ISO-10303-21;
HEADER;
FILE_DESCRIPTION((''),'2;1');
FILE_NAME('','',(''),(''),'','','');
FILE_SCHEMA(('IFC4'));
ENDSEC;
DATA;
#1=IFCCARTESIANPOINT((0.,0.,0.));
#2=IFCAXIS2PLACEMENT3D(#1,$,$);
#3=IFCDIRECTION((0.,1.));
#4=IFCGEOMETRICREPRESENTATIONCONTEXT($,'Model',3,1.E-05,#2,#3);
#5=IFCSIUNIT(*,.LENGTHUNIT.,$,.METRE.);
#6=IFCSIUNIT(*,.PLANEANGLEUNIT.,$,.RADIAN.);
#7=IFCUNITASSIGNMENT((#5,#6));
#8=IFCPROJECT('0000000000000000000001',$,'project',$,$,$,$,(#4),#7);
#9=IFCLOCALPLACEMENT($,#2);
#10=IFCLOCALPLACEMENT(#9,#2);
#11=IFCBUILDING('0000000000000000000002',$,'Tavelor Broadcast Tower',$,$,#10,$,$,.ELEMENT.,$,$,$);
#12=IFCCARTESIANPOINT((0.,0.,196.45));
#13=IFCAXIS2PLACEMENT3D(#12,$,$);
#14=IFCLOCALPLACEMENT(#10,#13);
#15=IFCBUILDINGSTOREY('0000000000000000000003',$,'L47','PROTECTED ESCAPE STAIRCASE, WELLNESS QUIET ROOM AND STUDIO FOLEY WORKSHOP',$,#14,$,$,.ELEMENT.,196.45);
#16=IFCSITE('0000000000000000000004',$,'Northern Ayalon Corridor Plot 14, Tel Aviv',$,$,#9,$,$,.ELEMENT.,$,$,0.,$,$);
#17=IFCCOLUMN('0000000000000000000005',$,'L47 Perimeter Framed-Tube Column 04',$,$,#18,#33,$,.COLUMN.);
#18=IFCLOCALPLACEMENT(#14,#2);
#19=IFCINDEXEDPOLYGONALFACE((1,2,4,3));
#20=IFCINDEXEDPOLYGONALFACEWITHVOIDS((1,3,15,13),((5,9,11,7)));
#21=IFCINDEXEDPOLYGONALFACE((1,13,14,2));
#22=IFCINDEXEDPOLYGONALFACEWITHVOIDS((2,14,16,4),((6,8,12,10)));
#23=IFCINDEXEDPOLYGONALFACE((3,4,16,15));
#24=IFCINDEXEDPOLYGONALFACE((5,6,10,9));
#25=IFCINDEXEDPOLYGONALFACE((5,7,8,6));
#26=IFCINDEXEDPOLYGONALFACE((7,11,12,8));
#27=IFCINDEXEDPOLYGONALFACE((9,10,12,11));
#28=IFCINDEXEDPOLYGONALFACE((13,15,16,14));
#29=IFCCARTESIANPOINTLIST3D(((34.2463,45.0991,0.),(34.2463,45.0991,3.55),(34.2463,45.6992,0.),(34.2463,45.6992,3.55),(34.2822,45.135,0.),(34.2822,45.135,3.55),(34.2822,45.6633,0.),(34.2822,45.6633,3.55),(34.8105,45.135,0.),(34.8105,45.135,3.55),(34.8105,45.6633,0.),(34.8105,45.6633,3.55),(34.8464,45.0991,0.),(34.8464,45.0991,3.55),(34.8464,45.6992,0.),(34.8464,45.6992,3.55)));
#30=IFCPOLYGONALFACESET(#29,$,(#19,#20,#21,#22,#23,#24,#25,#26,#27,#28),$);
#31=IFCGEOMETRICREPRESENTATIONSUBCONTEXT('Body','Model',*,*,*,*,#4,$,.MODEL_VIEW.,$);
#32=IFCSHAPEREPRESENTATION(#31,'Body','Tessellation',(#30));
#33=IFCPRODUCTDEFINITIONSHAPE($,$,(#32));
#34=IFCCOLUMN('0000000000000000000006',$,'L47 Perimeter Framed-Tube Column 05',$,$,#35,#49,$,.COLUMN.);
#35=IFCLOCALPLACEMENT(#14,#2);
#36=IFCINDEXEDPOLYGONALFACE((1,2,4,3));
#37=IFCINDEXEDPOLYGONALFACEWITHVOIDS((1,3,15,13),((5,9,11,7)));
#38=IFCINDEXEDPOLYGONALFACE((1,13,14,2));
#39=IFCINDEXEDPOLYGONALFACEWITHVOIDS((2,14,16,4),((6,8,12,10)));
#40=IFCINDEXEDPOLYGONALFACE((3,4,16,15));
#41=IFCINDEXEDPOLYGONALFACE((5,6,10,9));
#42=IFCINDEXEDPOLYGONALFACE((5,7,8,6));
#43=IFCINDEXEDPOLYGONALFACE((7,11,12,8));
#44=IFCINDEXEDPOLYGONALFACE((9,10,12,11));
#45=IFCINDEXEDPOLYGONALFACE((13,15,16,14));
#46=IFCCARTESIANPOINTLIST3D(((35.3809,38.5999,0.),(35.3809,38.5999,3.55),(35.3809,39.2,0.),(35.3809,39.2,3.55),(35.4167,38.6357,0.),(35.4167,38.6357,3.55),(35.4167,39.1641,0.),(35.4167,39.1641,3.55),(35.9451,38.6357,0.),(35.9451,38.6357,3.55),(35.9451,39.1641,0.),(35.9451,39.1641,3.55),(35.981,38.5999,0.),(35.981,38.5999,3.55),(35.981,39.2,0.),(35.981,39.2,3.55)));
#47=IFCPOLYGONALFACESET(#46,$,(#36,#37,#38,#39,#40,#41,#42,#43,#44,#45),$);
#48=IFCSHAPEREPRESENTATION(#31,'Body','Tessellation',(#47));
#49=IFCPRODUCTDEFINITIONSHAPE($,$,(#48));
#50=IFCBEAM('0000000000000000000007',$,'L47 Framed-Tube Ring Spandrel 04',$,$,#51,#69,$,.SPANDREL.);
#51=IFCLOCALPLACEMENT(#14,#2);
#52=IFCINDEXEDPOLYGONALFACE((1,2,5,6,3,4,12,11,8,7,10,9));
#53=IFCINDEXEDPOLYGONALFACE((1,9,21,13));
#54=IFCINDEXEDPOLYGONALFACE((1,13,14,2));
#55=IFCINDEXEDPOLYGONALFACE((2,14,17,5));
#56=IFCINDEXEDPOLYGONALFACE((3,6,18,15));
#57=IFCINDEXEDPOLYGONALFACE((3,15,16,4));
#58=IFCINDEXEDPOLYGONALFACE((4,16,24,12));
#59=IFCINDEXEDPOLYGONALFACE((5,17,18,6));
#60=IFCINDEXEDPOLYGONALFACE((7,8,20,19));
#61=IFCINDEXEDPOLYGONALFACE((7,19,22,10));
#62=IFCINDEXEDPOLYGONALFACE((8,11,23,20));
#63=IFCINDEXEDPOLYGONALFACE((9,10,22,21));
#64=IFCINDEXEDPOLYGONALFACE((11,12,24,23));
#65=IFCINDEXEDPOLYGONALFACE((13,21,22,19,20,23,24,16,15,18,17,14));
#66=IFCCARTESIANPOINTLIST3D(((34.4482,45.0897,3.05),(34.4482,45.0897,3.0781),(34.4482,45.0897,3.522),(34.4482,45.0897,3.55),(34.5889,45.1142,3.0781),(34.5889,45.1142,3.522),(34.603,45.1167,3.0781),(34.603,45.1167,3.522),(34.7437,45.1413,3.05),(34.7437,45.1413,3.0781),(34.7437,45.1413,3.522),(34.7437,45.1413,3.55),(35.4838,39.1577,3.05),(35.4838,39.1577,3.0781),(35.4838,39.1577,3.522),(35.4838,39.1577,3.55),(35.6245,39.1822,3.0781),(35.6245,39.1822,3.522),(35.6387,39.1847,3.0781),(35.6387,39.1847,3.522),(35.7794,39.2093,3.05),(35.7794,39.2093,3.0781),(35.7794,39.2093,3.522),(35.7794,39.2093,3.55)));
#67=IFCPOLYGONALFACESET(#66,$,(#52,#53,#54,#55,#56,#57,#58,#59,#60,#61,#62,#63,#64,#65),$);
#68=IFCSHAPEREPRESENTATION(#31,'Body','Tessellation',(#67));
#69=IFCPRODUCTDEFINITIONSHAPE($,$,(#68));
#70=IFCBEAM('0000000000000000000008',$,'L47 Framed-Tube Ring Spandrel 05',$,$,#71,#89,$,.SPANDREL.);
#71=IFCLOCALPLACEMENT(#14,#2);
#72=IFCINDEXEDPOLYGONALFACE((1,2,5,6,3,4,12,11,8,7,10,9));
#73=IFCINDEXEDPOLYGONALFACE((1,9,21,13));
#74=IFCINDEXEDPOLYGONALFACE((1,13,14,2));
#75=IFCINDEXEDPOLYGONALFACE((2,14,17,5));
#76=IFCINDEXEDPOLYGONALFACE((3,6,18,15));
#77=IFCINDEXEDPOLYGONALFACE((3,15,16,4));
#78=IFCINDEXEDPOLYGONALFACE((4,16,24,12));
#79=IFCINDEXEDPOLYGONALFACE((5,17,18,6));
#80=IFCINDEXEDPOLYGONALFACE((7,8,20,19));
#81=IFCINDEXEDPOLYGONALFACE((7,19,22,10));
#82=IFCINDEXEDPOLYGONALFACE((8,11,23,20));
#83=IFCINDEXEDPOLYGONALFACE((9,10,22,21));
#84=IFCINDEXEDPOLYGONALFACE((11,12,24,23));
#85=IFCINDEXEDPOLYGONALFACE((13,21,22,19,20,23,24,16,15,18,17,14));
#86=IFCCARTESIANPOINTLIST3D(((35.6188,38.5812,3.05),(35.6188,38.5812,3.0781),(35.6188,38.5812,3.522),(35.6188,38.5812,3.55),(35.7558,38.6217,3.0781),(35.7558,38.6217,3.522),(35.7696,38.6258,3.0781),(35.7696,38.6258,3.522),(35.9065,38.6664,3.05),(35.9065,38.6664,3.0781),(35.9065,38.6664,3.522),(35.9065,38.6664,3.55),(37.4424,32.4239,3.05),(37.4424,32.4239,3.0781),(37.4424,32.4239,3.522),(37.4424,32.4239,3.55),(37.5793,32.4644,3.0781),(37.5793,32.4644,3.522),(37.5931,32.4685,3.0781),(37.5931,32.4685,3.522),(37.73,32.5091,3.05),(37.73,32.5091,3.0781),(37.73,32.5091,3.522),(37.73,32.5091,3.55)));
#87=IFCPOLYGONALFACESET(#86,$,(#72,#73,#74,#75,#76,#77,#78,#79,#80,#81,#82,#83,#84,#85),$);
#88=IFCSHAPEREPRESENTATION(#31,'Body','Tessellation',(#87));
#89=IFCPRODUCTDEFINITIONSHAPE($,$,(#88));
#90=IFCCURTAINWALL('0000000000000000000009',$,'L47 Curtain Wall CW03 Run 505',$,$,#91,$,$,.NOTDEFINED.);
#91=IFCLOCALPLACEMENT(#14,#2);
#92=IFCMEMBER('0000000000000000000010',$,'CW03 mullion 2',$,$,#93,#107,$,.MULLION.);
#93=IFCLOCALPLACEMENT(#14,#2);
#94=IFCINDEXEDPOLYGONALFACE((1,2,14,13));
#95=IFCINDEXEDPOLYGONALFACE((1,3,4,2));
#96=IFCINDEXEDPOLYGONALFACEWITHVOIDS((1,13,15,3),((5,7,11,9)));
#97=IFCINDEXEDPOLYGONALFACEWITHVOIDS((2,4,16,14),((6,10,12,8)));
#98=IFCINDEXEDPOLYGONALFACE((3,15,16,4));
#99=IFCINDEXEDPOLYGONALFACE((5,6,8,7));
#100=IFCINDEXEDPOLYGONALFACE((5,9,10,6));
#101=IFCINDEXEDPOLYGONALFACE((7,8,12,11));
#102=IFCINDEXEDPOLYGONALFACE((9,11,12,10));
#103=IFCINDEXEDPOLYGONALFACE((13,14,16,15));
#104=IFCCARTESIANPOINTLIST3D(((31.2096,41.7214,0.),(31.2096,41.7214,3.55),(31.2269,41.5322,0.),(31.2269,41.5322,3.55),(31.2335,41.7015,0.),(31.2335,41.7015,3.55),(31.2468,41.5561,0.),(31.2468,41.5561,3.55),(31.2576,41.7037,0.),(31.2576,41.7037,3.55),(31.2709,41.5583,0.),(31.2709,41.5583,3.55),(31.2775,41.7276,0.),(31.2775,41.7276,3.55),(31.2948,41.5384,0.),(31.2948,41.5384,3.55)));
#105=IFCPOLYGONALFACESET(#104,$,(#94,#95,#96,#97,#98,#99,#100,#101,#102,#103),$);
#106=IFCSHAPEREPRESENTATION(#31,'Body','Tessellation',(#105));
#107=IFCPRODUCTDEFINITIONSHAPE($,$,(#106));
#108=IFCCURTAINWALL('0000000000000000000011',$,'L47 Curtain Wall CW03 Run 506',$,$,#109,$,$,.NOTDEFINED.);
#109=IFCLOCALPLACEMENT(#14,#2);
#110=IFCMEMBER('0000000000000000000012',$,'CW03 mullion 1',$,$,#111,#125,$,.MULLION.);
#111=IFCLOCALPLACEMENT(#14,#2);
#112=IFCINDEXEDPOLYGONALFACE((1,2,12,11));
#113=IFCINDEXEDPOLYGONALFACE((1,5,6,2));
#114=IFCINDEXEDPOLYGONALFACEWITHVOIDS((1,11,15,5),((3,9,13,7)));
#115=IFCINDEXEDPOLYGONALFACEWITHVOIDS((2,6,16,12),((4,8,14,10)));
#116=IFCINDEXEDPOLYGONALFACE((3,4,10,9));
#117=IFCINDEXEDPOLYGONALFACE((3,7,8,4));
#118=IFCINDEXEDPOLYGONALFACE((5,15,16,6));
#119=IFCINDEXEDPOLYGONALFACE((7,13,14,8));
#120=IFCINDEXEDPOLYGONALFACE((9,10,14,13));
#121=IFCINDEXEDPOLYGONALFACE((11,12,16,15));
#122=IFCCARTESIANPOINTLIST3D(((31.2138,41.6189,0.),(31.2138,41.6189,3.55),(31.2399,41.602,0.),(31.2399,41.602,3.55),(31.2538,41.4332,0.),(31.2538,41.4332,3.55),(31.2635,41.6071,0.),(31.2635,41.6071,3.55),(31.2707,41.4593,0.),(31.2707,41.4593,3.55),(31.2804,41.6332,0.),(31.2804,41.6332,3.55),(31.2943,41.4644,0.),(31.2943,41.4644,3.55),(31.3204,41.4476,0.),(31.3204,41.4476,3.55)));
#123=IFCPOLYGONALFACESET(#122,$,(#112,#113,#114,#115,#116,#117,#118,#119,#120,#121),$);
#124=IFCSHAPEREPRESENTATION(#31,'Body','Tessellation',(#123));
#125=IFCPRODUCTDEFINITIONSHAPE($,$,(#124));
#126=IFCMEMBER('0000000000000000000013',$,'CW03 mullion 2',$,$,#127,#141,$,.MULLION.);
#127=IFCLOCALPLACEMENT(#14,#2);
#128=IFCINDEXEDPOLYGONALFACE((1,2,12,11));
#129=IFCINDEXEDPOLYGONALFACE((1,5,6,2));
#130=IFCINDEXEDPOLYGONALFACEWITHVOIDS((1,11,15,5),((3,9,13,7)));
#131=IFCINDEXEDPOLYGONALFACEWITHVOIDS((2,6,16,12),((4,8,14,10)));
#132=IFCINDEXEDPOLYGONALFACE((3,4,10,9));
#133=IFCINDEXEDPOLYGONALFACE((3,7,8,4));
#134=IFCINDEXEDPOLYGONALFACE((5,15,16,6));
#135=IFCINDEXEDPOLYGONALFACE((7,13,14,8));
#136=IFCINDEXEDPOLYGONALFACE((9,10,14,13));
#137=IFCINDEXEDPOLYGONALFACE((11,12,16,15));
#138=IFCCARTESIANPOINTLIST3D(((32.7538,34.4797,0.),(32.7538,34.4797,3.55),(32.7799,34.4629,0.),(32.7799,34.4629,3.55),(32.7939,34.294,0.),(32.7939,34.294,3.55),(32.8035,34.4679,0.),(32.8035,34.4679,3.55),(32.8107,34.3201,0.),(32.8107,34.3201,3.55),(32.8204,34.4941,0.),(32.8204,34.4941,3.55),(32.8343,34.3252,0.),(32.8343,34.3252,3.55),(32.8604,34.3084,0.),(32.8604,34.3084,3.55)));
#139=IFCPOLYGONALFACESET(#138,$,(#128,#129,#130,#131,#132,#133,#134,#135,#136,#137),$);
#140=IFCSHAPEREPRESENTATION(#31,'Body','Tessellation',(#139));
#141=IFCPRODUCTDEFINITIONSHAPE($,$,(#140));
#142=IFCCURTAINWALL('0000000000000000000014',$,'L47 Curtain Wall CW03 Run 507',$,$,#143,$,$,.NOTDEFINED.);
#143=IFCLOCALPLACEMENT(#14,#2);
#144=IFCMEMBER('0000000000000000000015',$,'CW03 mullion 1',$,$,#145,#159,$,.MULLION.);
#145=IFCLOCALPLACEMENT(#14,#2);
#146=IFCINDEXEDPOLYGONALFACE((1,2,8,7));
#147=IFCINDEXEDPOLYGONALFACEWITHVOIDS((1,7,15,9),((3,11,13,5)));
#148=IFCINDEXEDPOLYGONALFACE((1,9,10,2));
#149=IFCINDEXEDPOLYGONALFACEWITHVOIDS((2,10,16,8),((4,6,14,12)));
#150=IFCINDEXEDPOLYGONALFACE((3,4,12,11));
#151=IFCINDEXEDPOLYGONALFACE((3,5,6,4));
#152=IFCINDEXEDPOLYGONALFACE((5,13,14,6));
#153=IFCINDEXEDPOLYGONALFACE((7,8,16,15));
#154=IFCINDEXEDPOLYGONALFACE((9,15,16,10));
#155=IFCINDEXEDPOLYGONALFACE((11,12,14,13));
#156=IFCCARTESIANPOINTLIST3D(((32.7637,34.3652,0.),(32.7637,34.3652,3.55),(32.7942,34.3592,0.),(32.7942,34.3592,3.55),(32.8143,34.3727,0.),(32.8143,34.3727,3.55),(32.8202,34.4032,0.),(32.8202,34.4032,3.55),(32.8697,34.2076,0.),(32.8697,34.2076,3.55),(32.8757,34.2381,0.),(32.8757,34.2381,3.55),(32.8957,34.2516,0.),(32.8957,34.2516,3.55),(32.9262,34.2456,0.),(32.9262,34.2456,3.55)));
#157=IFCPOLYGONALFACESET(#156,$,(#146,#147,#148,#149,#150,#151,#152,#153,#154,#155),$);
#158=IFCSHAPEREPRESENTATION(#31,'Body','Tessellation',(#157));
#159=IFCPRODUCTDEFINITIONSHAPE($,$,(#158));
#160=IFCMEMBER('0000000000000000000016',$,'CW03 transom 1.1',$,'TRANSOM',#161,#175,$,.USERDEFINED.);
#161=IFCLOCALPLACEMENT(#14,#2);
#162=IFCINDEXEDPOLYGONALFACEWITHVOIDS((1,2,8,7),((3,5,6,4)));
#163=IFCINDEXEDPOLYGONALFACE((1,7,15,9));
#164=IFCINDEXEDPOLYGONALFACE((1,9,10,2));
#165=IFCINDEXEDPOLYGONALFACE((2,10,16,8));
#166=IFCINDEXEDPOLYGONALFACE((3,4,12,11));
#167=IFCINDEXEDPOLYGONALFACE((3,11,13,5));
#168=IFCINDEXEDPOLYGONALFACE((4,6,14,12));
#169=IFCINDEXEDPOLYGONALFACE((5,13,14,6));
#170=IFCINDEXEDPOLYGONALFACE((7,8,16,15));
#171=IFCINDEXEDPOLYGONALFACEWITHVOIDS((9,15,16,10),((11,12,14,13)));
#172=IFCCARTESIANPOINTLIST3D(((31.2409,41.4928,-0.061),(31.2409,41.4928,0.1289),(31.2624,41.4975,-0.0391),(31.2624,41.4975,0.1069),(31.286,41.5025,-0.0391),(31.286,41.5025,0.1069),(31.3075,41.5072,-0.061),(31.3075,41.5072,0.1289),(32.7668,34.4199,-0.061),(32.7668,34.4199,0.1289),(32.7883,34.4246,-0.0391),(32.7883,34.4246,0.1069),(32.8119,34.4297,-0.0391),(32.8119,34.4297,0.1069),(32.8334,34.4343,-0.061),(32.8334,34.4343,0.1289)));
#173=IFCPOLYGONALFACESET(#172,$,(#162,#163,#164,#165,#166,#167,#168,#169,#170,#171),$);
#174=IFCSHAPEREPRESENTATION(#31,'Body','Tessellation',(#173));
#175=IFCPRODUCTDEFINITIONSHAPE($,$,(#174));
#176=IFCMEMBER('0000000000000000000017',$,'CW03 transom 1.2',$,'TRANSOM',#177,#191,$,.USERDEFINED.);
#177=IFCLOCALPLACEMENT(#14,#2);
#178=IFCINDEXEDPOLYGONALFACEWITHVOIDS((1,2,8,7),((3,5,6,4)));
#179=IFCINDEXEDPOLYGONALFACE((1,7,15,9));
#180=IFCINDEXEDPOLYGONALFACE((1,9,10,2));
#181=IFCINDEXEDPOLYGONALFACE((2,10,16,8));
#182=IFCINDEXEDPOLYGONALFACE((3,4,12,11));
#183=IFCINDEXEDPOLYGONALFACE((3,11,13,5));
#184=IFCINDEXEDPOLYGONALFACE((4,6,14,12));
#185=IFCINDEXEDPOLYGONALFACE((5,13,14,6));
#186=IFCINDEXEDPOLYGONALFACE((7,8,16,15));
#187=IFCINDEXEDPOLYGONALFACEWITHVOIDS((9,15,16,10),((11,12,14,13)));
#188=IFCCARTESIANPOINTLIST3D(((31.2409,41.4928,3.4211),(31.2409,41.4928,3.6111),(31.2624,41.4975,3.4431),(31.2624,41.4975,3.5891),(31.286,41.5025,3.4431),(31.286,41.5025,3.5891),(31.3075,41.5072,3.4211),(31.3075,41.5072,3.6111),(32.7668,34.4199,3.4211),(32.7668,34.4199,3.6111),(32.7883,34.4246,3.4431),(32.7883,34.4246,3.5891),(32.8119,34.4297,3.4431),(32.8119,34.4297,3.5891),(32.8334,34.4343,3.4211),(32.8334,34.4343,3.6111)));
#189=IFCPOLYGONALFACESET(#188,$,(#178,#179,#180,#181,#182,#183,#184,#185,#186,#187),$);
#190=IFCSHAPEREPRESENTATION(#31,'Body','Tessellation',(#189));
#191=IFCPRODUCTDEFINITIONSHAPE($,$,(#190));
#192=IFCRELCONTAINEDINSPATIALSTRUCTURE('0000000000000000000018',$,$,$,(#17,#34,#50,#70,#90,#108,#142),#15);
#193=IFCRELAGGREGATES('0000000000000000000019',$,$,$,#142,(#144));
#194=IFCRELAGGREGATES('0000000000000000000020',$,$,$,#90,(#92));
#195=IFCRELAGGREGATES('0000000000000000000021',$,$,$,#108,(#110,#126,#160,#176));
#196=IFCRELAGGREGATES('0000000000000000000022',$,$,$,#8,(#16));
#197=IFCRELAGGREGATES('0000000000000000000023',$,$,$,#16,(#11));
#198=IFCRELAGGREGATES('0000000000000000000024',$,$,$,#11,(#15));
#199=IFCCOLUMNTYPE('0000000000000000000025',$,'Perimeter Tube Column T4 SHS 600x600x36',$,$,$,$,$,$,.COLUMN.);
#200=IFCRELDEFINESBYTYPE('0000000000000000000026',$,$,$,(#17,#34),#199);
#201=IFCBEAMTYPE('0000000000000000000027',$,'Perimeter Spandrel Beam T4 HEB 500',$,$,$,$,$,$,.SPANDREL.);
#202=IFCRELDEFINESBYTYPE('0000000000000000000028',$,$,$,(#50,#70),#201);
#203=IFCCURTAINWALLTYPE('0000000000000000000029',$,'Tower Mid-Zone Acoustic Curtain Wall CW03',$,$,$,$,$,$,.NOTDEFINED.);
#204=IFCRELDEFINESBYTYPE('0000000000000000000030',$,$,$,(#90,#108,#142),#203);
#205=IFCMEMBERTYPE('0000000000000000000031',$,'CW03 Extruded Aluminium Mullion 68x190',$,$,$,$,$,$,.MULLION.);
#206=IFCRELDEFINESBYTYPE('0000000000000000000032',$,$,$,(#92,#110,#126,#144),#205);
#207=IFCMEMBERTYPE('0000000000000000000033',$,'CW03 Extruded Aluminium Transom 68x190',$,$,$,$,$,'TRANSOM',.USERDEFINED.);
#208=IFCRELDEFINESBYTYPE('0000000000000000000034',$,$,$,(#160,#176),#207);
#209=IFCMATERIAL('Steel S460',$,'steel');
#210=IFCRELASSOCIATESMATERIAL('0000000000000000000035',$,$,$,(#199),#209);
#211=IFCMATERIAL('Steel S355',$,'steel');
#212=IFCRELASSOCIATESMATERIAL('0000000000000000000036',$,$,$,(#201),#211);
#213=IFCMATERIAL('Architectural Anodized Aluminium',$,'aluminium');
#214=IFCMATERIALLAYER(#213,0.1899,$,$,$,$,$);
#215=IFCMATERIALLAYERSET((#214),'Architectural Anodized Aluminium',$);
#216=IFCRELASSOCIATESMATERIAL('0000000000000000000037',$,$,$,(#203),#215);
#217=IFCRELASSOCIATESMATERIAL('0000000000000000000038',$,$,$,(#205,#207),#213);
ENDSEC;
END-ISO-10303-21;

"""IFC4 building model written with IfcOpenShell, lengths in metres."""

from ifc_helpers import new_model, si_unit, direction, frame, origin, origin_2d, place, context, subcontext, project, spatial, hollow_rectangle, i_section, extrude, source, transform, mapped, material, layer, layer_set, material_profile, profile_set, type_object, type_shapes, element, aggregate, save


model = new_model("IFC4")

# Units and contexts
model_context = context("Model", 3, precision=1e-05, world=origin(), true_north=direction((0.0, 1.0)))
body_context = subcontext(model_context, "Body", "Model", "MODEL_VIEW")
ifc_project = project(units=[si_unit("LENGTHUNIT", "METRE"), si_unit("PLANEANGLEUNIT", "RADIAN")], contexts=[model_context])

# Site, building, storey
site_placement = place(None, origin())
site = spatial("IfcSite", under=ifc_project, at=site_placement, Name="Northern Ayalon Corridor Plot 14, Tel Aviv", CompositionType="ELEMENT", RefElevation=0.0)
building_placement = place(site_placement, origin())
building = spatial("IfcBuilding", under=site, at=building_placement, Name="Tavelor Broadcast Tower", CompositionType="ELEMENT")
storey_placement = place(building_placement, frame((0.0, 0.0, 196.45)))
storey = spatial("IfcBuildingStorey", under=building, at=storey_placement, Name="L47", Description="PROTECTED ESCAPE STAIRCASE, WELLNESS QUIET ROOM AND STUDIO FOLEY WORKSHOP", CompositionType="ELEMENT", Elevation=196.45)

# Columns
ifc_material_1 = material(Name="Steel S460", Category="steel")
ifc_material_profile_1 = material_profile(ifc_material_1, hollow_rectangle(XDim=0.6001, YDim=0.6001, WallThickness=0.0359, at=origin_2d()), Name="SHS 600x600x36")
ifc_profile_set_1 = profile_set([ifc_material_profile_1], Name="Steel S460")
column_type = type_object("IfcColumnType", Name="Perimeter Tube Column T4 SHS 600x600x36", PredefinedType="COLUMN", material=ifc_profile_set_1)
for number, where, z_axis, x_axis, name in (
    (1, (34.5464, 45.3992, 0.0), (0.0, 0.0, 1.0), (1.0, 0.0, 0.0), "L47 Perimeter Framed-Tube Column 04"),
    (2, (35.6809, 38.8999, 0.0), (0.0, 0.0, 1.0), (1.0, 0.0, 0.0), "L47 Perimeter Framed-Tube Column 05"),
):
    element("IfcColumn", number, at=place(storey_placement, frame(where, z_axis=z_axis, x_axis=x_axis)), inside=storey, type_object=column_type, Name=name, PredefinedType="COLUMN", context=body_context, shape_type="SweptSolid", body=[
        extrude(hollow_rectangle(XDim=0.6001, YDim=0.6001, WallThickness=0.0359, at=origin_2d()), origin(), (0.0, 0.0, 1.0), 3.55),
    ])

# Beams
ifc_material_2 = material(Name="Steel S355", Category="steel")
ifc_material_profile_2 = material_profile(ifc_material_2, i_section(OverallWidth=0.3, OverallDepth=0.5, WebThickness=0.0144, FlangeThickness=0.0281, at=origin_2d()), Name="HEB 500")
ifc_profile_set_2 = profile_set([ifc_material_profile_2], Name="Steel S355")
beam_type = type_object("IfcBeamType", Name="Perimeter Spandrel Beam T4 HEB 500", PredefinedType="SPANDREL", material=ifc_profile_set_2)
beam_1_placement = place(storey_placement, frame((34.5959, 45.1155, 3.3), z_axis=(0.171988, -0.985099, 0.0), x_axis=(0.985099, 0.171988, 0.0)))
element("IfcBeam", 3, at=beam_1_placement, inside=storey, type_object=beam_type, Name="L47 Framed-Tube Ring Spandrel 04", PredefinedType="SPANDREL", context=body_context, shape_type="SweptSolid", body=[
    extrude(i_section(OverallWidth=0.3, OverallDepth=0.5, WebThickness=0.0144, FlangeThickness=0.0281, at=origin_2d()), origin(), (0.0, 0.0, 1.0), 6.0217),
])
beam_2_placement = place(storey_placement, frame((35.7627, 38.6238, 3.3), z_axis=(0.283963, -0.958835, 0.0), x_axis=(0.958835, 0.283963, 0.0)))
element("IfcBeam", 4, at=beam_2_placement, inside=storey, type_object=beam_type, Name="L47 Framed-Tube Ring Spandrel 05", PredefinedType="SPANDREL", context=body_context, shape_type="SweptSolid", body=[
    extrude(i_section(OverallWidth=0.3, OverallDepth=0.5, WebThickness=0.0144, FlangeThickness=0.0281, at=origin_2d()), origin(), (0.0, 0.0, 1.0), 6.4216),
])

# Curtain wall, member
ifc_material_3 = material(Name="Architectural Anodized Aluminium", Category="aluminium")
ifc_layer_1 = layer(ifc_material_3, 0.1899)
ifc_layer_set_1 = layer_set([ifc_layer_1], Name="Architectural Anodized Aluminium")
curtain_wall_type = type_object("IfcCurtainWallType", Name="Tower Mid-Zone Acoustic Curtain Wall CW03", PredefinedType="NOTDEFINED", material=ifc_layer_set_1)
curtain_wall_1_placement = place(storey_placement, origin())
curtain_wall_1 = element("IfcCurtainWall", 5, at=curtain_wall_1_placement, inside=storey, type_object=curtain_wall_type, Name="L47 Curtain Wall CW03 Run 505", PredefinedType="NOTDEFINED")
ifc_material_profile_3 = material_profile(ifc_material_3, hollow_rectangle(XDim=0.0681, YDim=0.1899, WallThickness=0.022, at=origin_2d()), Name="RHS 68x190x22")
ifc_profile_set_3 = profile_set([ifc_material_profile_3], Name="Architectural Anodized Aluminium")
member_type_1 = type_object("IfcMemberType", Name="CW03 Extruded Aluminium Mullion 68x190", PredefinedType="MULLION", material=ifc_profile_set_3)
shared_shape_1 = source(origin(), body_context, "Body", "SweptSolid", [
    extrude(hollow_rectangle(XDim=0.0681, YDim=0.1899, WallThickness=0.022, at=origin_2d()), origin(), (0.0, 0.0, 1.0), 3.55),
])
type_shapes(member_type_1, [shared_shape_1])
member_1_placement = place(storey_placement, frame((31.2522, 41.6299, 0.0), z_axis=(0.0, 0.0, 1.0), x_axis=(0.995845, 0.091061, 0.0)))
member_1 = element("IfcMember", 6, at=member_1_placement, type_object=member_type_1, Name="CW03 mullion 2", PredefinedType="MULLION", context=body_context, shape_type="MappedRepresentation", body=[
    mapped(shared_shape_1, transform((0.0, 0.0, 0.0), scale=1.0)),
])

# Curtain wall, members
curtain_wall_2_placement = place(storey_placement, origin())
curtain_wall_2 = element("IfcCurtainWall", 7, at=curtain_wall_2_placement, inside=storey, type_object=curtain_wall_type, Name="L47 Curtain Wall CW03 Run 506", PredefinedType="NOTDEFINED")
member_2_placement = place(storey_placement, frame((31.2671, 41.5332, 0.0), z_axis=(0.0, 0.0, 1.0), x_axis=(0.977508, 0.210896, 0.0)))
member_2 = element("IfcMember", 8, at=member_2_placement, type_object=member_type_1, Name="CW03 mullion 1", PredefinedType="MULLION", context=body_context, shape_type="MappedRepresentation", body=[
    mapped(shared_shape_1, transform((0.0, 0.0, 0.0), scale=1.0)),
])
member_3_placement = place(storey_placement, frame((32.8071, 34.394, 0.0), z_axis=(0.0, 0.0, 1.0), x_axis=(0.977508, 0.210896, 0.0)))
member_3 = element("IfcMember", 9, at=member_3_placement, type_object=member_type_1, Name="CW03 mullion 2", PredefinedType="MULLION", context=body_context, shape_type="MappedRepresentation", body=[
    mapped(shared_shape_1, transform((0.0, 0.0, 0.0), scale=1.0)),
])

# Curtain wall, member
curtain_wall_3_placement = place(storey_placement, origin())
curtain_wall_3 = element("IfcCurtainWall", 10, at=curtain_wall_3_placement, inside=storey, type_object=curtain_wall_type, Name="L47 Curtain Wall CW03 Run 507", PredefinedType="NOTDEFINED")
member_4_placement = place(storey_placement, frame((32.845, 34.3054, 0.0), z_axis=(0.0, 0.0, 1.0), x_axis=(0.829752, 0.558132, 0.0)))
member_4 = element("IfcMember", 11, at=member_4_placement, type_object=member_type_1, Name="CW03 mullion 1", PredefinedType="MULLION", context=body_context, shape_type="MappedRepresentation", body=[
    mapped(shared_shape_1, transform((0.0, 0.0, 0.0), scale=1.0)),
])
aggregate(curtain_wall_3, [member_4])

# Members
ifc_material_profile_4 = material_profile(ifc_material_3, hollow_rectangle(XDim=0.0681, YDim=0.1899, WallThickness=0.022, at=origin_2d()), Name="RHS 68x190x22")
ifc_profile_set_4 = profile_set([ifc_material_profile_4], Name="Architectural Anodized Aluminium")
member_type_2 = type_object("IfcMemberType", Name="CW03 Extruded Aluminium Transom 68x190", ElementType="TRANSOM", PredefinedType="USERDEFINED", material=ifc_profile_set_4)
shared_shape_2 = source(origin(), body_context, "Body", "SweptSolid", [
    extrude(hollow_rectangle(XDim=0.0681, YDim=0.1899, WallThickness=0.022, at=origin_2d()), origin(), (0.0, 0.0, 1.0), 7.2356),
])
type_shapes(member_type_2, [shared_shape_2])
member_5_placement = place(storey_placement, frame((31.2742, 41.5, 0.0339), z_axis=(0.210888, -0.97751, 0.0), x_axis=(0.97751, 0.210888, 0.0)))
member_5 = element("IfcMember", 12, at=member_5_placement, type_object=member_type_2, Name="CW03 transom 1.1", ObjectType="TRANSOM", PredefinedType="USERDEFINED", context=body_context, shape_type="MappedRepresentation", body=[
    mapped(shared_shape_2, transform((0.0, 0.0, 0.0), scale=1.0)),
])
member_6_placement = place(storey_placement, frame((31.2742, 41.5, 3.5161), z_axis=(0.210888, -0.97751, 0.0), x_axis=(0.97751, 0.210888, 0.0)))
member_6 = element("IfcMember", 13, at=member_6_placement, type_object=member_type_2, Name="CW03 transom 1.2", ObjectType="TRANSOM", PredefinedType="USERDEFINED", context=body_context, shape_type="MappedRepresentation", body=[
    mapped(shared_shape_2, transform((0.0, 0.0, 0.0), scale=1.0)),
])

aggregate(curtain_wall_1, [member_1])
aggregate(curtain_wall_2, [member_2, member_3, member_5, member_6])

save(model, "model.ifc")
